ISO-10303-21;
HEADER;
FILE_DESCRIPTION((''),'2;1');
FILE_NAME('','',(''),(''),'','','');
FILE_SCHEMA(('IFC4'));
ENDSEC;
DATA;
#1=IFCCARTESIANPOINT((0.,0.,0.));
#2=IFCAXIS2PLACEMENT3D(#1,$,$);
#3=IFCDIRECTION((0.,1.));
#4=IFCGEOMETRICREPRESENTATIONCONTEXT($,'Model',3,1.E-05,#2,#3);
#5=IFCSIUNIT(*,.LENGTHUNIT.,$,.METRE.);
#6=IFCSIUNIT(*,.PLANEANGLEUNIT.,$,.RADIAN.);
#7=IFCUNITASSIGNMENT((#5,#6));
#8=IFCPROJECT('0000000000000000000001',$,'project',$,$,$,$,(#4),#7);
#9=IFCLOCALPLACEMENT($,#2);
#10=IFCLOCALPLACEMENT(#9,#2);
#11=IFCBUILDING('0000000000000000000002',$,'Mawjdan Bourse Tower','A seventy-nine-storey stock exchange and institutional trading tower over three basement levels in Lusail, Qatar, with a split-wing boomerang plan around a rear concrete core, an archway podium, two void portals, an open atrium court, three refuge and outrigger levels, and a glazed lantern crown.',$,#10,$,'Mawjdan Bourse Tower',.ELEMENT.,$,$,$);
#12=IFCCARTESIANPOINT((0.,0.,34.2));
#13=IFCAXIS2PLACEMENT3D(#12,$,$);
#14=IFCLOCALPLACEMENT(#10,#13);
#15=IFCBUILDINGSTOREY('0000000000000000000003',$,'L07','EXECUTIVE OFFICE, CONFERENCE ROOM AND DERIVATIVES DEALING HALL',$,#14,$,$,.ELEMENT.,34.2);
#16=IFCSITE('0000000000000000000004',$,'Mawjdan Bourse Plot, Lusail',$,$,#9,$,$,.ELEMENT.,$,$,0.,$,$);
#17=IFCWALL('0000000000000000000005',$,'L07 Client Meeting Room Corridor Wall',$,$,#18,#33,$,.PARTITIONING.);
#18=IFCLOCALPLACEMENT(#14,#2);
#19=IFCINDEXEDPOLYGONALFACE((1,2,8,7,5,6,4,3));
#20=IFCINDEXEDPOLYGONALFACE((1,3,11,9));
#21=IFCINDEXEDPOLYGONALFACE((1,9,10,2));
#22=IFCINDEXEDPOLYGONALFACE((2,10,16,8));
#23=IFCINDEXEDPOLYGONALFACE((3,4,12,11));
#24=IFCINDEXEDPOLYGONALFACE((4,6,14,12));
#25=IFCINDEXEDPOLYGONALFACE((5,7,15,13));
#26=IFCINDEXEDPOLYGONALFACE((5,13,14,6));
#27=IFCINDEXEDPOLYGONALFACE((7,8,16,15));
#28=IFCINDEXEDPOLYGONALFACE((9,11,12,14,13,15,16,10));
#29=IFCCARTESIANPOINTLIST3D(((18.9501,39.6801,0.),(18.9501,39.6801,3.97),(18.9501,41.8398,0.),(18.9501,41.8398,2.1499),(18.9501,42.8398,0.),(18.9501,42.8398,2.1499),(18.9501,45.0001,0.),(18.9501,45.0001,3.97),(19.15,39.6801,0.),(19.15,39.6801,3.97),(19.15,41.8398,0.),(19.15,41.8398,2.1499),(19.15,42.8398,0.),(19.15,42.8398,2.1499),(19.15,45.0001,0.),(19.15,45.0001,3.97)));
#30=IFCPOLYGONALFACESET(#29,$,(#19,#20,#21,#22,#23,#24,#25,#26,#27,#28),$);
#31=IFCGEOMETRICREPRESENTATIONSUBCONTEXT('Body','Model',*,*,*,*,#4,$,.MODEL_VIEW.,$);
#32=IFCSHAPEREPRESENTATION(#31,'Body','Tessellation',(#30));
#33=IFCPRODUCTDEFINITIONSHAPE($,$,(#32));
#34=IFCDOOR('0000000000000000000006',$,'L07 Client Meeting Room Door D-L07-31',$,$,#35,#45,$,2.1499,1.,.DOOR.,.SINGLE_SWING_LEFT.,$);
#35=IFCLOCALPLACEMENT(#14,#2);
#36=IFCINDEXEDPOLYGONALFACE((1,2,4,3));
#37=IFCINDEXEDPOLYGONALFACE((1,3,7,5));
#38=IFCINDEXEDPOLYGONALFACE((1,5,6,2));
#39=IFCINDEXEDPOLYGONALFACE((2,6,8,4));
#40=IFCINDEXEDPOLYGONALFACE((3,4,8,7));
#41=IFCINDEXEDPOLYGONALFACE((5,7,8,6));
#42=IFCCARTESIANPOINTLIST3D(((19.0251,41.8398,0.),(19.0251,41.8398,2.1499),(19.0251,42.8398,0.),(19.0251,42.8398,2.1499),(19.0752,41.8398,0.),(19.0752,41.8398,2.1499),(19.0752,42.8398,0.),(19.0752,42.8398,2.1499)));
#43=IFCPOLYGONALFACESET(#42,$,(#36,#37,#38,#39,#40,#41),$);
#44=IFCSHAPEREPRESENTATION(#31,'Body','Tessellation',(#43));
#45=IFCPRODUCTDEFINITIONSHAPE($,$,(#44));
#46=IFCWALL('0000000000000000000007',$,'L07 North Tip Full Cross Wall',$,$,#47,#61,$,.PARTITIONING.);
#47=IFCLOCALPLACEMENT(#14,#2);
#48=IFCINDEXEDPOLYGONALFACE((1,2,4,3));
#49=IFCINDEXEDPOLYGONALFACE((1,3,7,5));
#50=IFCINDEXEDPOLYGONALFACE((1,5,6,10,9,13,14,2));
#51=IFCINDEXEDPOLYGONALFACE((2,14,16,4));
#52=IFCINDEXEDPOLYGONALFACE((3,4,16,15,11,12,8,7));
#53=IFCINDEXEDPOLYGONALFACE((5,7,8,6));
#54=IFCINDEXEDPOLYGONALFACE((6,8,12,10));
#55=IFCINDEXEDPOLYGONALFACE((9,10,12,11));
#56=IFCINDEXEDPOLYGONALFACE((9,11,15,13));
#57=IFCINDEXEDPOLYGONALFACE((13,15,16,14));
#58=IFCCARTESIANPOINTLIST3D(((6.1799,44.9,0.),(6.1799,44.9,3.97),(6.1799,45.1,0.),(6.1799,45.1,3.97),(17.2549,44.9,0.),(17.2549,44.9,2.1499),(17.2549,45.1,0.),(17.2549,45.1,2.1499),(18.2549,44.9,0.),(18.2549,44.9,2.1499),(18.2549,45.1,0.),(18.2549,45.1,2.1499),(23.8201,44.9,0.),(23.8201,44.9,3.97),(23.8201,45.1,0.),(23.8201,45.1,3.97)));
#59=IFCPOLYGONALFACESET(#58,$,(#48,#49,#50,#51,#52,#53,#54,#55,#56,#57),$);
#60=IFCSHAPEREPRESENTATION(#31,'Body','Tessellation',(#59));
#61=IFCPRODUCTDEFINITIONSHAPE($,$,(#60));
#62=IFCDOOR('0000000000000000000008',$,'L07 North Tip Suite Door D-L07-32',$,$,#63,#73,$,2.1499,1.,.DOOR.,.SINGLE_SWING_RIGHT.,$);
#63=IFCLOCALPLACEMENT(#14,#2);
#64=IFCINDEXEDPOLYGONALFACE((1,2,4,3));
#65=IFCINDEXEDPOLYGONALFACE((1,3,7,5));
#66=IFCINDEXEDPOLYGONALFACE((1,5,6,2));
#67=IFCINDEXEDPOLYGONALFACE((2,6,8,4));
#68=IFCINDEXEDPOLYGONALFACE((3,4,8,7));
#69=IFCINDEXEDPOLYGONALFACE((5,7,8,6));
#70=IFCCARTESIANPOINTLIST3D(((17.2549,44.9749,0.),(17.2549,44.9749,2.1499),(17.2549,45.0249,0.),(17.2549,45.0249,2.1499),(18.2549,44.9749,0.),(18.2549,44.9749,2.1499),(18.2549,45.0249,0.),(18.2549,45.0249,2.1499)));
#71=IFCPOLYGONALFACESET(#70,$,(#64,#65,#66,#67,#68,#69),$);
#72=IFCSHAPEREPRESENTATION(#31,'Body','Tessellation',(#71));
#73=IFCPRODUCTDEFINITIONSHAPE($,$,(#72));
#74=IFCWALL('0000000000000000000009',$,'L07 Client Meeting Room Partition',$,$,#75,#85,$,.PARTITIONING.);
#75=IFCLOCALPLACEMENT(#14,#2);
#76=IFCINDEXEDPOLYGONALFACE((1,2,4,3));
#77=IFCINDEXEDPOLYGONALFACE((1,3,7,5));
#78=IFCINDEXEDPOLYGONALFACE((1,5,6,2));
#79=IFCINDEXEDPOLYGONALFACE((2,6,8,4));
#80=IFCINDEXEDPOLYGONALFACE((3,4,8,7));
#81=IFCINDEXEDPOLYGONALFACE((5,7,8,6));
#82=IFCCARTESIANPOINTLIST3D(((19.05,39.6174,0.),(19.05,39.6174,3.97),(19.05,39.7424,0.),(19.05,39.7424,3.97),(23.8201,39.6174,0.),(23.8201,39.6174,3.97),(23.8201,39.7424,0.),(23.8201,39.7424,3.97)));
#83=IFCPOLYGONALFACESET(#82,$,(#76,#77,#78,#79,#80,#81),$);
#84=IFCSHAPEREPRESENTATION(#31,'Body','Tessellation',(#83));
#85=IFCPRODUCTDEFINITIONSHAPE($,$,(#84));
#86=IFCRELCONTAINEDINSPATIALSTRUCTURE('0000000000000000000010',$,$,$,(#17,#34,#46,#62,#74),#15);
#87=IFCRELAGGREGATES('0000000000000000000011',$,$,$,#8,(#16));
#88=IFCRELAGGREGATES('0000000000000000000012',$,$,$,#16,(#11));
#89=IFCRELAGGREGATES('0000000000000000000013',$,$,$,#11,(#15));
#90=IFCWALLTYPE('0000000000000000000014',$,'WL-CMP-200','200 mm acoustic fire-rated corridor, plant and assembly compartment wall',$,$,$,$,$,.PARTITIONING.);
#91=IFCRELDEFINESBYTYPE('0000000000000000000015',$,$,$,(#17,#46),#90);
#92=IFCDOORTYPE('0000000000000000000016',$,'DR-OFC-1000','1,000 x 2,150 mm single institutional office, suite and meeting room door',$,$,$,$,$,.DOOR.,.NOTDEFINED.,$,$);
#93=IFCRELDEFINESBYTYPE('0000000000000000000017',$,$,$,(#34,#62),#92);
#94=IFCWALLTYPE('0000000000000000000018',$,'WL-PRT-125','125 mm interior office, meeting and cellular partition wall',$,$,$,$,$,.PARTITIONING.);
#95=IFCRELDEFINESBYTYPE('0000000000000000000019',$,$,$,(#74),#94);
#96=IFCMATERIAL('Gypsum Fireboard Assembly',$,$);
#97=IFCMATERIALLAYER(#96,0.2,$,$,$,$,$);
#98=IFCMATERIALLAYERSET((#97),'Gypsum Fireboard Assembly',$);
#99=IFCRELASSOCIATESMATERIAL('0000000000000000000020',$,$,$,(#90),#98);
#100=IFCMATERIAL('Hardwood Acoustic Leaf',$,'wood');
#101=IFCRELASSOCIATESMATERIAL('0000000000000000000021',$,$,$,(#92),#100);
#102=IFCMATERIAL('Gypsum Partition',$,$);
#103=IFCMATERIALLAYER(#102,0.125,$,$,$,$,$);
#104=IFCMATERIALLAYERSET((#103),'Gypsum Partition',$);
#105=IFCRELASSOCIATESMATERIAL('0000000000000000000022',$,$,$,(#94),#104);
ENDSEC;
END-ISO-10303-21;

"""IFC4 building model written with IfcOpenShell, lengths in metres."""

from ifc_helpers import new_model, si_unit, direction, frame, frame_2d, origin, place, context, subcontext, project, spatial, rectangle, extrude, material, layer, layer_set, type_object, element, fill, save


model = new_model("IFC4")

# Units and contexts
model_context = context("Model", 3, precision=1e-05, world=origin(), true_north=direction((0.0, 1.0)))
body_context = subcontext(model_context, "Body", "Model", "MODEL_VIEW")
ifc_project = project(units=[si_unit("LENGTHUNIT", "METRE"), si_unit("PLANEANGLEUNIT", "RADIAN")], contexts=[model_context])

# Site, building, storey
site_placement = place(None, origin())
site = spatial("IfcSite", under=ifc_project, at=site_placement, Name="Mawjdan Bourse Plot, Lusail", CompositionType="ELEMENT", RefElevation=0.0)
building_placement = place(site_placement, origin())
building = spatial("IfcBuilding", under=site, at=building_placement, Name="Mawjdan Bourse Tower", Description="A seventy-nine-storey stock exchange and institutional trading tower over three basement levels in Lusail, Qatar, with a split-wing boomerang plan around a rear concrete core, an archway podium, two void portals, an open atrium court, three refuge and outrigger levels, and a glazed lantern crown.", LongName="Mawjdan Bourse Tower", CompositionType="ELEMENT")
storey_placement = place(building_placement, frame((0.0, 0.0, 34.2)))
storey = spatial("IfcBuildingStorey", under=building, at=storey_placement, Name="L07", Description="EXECUTIVE OFFICE, CONFERENCE ROOM AND DERIVATIVES DEALING HALL", CompositionType="ELEMENT", Elevation=34.2)

# Walls, openings, doors
ifc_material_1 = material(Name="Gypsum Fireboard Assembly")
ifc_layer_1 = layer(ifc_material_1, 0.2)
ifc_layer_set_1 = layer_set([ifc_layer_1], Name="Gypsum Fireboard Assembly")
wall_type_1 = type_object("IfcWallType", Name="WL-CMP-200", Description="200 mm acoustic fire-rated corridor, plant and assembly compartment wall", PredefinedType="PARTITIONING", material=ifc_layer_set_1)
wall_1_placement = place(storey_placement, frame((19.05, 39.6799, 0.0), z_axis=(0.0, 0.0, 1.0), x_axis=(0.0, 1.0, 0.0)))
wall_1 = element("IfcWall", 1, at=wall_1_placement, inside=storey, type_object=wall_type_1, Name="L07 Client Meeting Room Corridor Wall", PredefinedType="PARTITIONING", context=body_context, shape_type="SweptSolid", body=[
    extrude(rectangle(XDim=5.3201, YDim=0.2, at=frame_2d((2.6602, 0.0))), origin(), (0.0, 0.0, 1.0), 3.97),
])
opening_1_placement = place(wall_1_placement, frame((2.1599, 0.0, 0.0)))
opening_1 = element("IfcOpeningElement", 2, at=opening_1_placement, cuts=wall_1, PredefinedType="OPENING", context=body_context, shape_type="SweptSolid", body=[
    extrude(rectangle(XDim=1.0, YDim=2.1499, at=frame_2d((0.5, 1.075))), frame((0.0, 0.1099, 0.0), z_axis=(0.0, -1.0, 0.0), x_axis=(1.0, 0.0, 0.0)), (0.0, 0.0, 1.0), 0.22),
])
ifc_material_2 = material(Name="Hardwood Acoustic Leaf", Category="wood")
door_type = type_object("IfcDoorType", Name="DR-OFC-1000", Description="1,000 x 2,150 mm single institutional office, suite and meeting room door", OperationType="NOTDEFINED", PredefinedType="DOOR", material=ifc_material_2)
door_1_placement = place(opening_1_placement, origin())
door_1 = element("IfcDoor", 3, at=door_1_placement, inside=storey, type_object=door_type, Name="L07 Client Meeting Room Door D-L07-31", OperationType="SINGLE_SWING_LEFT", OverallHeight=2.1499, OverallWidth=1.0, PredefinedType="DOOR", context=body_context, shape_type="SweptSolid", body=[
    extrude(rectangle(XDim=1.0, YDim=2.1499, at=frame_2d((0.5, 1.075))), frame((0.0, 0.0249, 0.0), z_axis=(0.0, -1.0, 0.0), x_axis=(1.0, 0.0, 0.0)), (0.0, 0.0, 1.0), 0.05),
])
fill(opening_1, door_1)
wall_2_placement = place(storey_placement, frame((6.1799, 45.0, 0.0), z_axis=(0.0, 0.0, 1.0), x_axis=(1.0, 0.0, 0.0)))
wall_2 = element("IfcWall", 4, at=wall_2_placement, inside=storey, type_object=wall_type_1, Name="L07 North Tip Full Cross Wall", PredefinedType="PARTITIONING", context=body_context, shape_type="SweptSolid", body=[
    extrude(rectangle(XDim=17.6401, YDim=0.2, at=frame_2d((8.8201, 0.0))), origin(), (0.0, 0.0, 1.0), 3.97),
])
opening_2_placement = place(wall_2_placement, frame((11.075, 0.0, 0.0)))
opening_2 = element("IfcOpeningElement", 5, at=opening_2_placement, cuts=wall_2, PredefinedType="OPENING", context=body_context, shape_type="SweptSolid", body=[
    extrude(rectangle(XDim=1.0, YDim=2.1499, at=frame_2d((0.5, 1.075))), frame((0.0, 0.1099, 0.0), z_axis=(0.0, -1.0, 0.0), x_axis=(1.0, 0.0, 0.0)), (0.0, 0.0, 1.0), 0.22),
])
door_2_placement = place(opening_2_placement, origin())
door_2 = element("IfcDoor", 6, at=door_2_placement, inside=storey, type_object=door_type, Name="L07 North Tip Suite Door D-L07-32", OperationType="SINGLE_SWING_RIGHT", OverallHeight=2.1499, OverallWidth=1.0, PredefinedType="DOOR", context=body_context, shape_type="SweptSolid", body=[
    extrude(rectangle(XDim=1.0, YDim=2.1499, at=frame_2d((0.5, 1.075))), frame((0.0, 0.0249, 0.0), z_axis=(0.0, -1.0, 0.0), x_axis=(1.0, 0.0, 0.0)), (0.0, 0.0, 1.0), 0.05),
])
fill(opening_2, door_2)

# Wall
ifc_material_3 = material(Name="Gypsum Partition")
ifc_layer_2 = layer(ifc_material_3, 0.125)
ifc_layer_set_2 = layer_set([ifc_layer_2], Name="Gypsum Partition")
wall_type_2 = type_object("IfcWallType", Name="WL-PRT-125", Description="125 mm interior office, meeting and cellular partition wall", PredefinedType="PARTITIONING", material=ifc_layer_set_2)
wall_3_placement = place(storey_placement, frame((19.05, 39.6799, 0.0), z_axis=(0.0, 0.0, 1.0), x_axis=(1.0, 0.0, 0.0)))
element("IfcWall", 7, at=wall_3_placement, inside=storey, type_object=wall_type_2, Name="L07 Client Meeting Room Partition", PredefinedType="PARTITIONING", context=body_context, shape_type="SweptSolid", body=[
    extrude(rectangle(XDim=4.77, YDim=0.125, at=frame_2d((2.385, 0.0))), origin(), (0.0, 0.0, 1.0), 3.97),
])

save(model, "model.ifc")
